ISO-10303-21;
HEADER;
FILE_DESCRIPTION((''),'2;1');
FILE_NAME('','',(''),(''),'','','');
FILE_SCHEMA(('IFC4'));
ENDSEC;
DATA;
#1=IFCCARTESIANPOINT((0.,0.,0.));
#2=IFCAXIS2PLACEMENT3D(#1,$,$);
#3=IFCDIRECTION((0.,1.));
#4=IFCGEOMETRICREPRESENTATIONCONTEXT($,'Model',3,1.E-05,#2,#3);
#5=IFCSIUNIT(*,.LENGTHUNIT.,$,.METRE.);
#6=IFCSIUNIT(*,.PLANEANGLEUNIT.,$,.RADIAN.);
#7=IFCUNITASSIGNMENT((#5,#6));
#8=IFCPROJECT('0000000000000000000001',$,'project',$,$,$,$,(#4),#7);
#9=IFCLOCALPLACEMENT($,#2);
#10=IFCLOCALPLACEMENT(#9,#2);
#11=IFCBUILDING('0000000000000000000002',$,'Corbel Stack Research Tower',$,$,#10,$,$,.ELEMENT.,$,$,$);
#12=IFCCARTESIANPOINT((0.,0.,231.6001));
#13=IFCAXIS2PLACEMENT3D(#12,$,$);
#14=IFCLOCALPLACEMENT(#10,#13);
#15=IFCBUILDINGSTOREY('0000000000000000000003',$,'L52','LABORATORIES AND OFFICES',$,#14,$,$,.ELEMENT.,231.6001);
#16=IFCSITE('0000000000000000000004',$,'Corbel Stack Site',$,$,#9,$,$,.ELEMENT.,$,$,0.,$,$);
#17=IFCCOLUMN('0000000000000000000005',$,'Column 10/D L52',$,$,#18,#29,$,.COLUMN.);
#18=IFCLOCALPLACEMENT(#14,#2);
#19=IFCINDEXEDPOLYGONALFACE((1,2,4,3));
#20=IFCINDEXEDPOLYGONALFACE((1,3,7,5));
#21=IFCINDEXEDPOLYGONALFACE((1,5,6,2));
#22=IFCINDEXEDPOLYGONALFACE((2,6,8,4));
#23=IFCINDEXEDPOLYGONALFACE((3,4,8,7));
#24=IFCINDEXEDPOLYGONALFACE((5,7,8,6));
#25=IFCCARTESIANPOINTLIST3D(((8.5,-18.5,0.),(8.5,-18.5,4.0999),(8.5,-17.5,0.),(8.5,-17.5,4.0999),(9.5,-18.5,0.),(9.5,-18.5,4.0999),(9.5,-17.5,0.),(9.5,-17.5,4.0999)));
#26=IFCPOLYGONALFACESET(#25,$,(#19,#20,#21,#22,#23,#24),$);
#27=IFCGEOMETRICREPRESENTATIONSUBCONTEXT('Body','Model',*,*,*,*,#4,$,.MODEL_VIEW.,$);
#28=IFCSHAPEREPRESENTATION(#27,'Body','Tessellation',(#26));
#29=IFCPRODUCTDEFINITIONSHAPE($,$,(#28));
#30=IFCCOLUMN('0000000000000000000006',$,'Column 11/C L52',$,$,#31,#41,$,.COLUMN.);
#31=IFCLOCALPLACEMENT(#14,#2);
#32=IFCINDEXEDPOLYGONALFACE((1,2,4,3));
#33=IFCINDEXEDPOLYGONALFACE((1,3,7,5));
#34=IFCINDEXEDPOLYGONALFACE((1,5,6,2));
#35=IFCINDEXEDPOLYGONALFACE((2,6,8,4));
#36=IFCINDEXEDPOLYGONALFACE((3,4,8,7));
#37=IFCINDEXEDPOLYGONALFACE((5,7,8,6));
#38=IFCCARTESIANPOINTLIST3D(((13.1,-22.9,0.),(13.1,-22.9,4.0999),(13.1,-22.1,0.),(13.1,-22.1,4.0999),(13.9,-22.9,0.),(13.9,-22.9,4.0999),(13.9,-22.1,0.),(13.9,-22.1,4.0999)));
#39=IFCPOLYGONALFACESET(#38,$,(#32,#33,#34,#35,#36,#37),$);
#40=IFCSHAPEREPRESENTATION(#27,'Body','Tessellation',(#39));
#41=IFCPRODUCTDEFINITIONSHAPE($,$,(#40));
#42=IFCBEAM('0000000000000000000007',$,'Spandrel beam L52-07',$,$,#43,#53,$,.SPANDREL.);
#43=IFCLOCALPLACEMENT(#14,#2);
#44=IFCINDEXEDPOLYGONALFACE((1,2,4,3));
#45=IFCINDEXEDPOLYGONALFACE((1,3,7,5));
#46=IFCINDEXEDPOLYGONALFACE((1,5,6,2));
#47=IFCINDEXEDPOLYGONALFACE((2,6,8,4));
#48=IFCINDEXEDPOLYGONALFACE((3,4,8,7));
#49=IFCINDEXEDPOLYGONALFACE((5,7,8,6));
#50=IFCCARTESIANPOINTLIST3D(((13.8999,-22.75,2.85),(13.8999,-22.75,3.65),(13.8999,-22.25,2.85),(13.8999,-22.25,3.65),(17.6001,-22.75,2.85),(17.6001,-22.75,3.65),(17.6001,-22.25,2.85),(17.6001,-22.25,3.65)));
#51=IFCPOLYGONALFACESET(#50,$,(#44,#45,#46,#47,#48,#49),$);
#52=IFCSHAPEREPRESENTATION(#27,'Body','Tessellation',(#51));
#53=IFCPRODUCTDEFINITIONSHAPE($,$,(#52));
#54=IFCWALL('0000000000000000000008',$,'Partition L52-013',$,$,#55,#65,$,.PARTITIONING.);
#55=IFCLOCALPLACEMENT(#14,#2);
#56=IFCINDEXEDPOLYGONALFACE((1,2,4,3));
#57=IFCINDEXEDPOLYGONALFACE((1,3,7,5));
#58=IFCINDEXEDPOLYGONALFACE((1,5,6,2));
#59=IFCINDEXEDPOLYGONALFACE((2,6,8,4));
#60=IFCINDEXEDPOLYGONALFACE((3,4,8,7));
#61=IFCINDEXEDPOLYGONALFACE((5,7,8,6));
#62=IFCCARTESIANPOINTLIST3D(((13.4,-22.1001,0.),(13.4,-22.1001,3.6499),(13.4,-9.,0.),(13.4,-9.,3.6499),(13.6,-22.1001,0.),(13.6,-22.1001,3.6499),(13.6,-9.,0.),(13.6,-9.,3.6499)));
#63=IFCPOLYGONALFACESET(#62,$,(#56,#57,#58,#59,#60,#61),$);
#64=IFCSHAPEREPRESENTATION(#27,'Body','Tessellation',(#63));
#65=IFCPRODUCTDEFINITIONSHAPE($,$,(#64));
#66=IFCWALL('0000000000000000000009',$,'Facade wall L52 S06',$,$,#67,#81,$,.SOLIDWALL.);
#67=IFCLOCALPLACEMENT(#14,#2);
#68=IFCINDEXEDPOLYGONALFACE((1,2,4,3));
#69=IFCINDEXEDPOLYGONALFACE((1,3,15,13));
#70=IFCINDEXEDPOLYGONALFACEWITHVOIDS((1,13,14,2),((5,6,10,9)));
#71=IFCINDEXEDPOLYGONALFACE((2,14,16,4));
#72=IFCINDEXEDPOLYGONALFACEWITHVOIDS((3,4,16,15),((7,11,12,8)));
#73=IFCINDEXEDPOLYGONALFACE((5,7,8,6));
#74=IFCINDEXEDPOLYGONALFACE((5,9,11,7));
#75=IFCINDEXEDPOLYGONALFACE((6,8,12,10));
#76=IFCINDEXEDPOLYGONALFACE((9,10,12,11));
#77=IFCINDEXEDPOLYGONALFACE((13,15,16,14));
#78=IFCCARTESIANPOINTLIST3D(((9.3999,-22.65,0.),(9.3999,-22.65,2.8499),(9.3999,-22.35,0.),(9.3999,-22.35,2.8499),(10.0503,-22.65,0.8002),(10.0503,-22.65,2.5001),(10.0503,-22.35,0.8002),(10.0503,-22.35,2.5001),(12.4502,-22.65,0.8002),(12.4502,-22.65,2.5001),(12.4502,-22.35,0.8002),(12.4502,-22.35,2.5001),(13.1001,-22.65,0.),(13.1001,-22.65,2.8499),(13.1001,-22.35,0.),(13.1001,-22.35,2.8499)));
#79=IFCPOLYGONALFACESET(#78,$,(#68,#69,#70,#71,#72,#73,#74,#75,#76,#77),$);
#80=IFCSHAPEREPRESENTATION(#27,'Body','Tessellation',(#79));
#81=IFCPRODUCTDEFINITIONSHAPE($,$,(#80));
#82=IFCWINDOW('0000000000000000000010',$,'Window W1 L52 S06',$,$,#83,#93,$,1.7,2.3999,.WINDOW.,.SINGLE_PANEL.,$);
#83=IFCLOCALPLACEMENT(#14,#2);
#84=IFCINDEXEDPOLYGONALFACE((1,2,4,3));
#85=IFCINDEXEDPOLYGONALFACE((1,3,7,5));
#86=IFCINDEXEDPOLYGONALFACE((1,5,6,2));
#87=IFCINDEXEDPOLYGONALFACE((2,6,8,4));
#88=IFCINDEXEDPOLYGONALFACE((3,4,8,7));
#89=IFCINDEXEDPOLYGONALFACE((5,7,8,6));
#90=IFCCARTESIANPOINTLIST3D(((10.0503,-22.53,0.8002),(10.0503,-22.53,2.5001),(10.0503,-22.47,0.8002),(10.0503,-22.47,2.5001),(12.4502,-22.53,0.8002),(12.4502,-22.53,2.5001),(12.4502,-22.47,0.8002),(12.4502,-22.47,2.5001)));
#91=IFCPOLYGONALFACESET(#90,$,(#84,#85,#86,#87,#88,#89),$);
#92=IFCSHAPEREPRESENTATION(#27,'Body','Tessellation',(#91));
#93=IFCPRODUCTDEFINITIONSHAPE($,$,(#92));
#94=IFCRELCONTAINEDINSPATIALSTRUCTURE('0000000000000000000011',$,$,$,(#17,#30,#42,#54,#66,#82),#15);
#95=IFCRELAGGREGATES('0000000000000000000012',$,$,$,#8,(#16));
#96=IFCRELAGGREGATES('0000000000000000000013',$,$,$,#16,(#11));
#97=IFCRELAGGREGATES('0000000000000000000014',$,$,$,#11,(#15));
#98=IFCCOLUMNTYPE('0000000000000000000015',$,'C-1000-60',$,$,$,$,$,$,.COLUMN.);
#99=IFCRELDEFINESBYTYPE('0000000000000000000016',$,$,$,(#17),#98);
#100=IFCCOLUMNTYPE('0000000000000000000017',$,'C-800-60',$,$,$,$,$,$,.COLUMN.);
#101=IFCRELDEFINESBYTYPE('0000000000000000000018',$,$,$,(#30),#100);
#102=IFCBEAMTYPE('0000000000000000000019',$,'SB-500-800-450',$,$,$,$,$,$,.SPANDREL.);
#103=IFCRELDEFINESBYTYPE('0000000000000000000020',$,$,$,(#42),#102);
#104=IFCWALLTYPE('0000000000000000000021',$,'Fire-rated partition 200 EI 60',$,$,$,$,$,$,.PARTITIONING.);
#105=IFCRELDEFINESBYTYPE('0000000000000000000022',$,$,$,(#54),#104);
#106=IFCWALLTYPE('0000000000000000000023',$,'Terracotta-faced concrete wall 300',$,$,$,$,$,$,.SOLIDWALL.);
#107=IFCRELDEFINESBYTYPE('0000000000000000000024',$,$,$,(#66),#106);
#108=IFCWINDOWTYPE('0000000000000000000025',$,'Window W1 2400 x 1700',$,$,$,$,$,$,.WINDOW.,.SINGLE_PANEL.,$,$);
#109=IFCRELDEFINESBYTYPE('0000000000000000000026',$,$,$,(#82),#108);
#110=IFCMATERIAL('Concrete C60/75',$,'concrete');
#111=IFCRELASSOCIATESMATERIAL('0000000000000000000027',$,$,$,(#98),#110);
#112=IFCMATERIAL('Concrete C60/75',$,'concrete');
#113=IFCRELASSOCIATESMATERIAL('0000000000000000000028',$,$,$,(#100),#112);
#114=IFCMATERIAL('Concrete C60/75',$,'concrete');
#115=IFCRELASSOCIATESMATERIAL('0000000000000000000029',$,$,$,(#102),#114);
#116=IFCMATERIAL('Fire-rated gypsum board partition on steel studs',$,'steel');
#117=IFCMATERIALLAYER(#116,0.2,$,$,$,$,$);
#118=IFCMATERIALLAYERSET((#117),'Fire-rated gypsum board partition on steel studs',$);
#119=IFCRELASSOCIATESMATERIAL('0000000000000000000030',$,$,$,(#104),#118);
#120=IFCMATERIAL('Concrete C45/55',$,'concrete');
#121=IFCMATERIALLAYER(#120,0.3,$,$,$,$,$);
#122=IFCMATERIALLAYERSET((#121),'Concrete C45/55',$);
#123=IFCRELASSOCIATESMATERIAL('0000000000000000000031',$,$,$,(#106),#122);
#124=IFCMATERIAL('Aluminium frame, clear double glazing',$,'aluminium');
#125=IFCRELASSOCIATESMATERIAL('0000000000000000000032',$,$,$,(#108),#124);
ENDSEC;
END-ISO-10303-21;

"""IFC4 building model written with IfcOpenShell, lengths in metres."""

from ifc_helpers import new_model, si_unit, direction, frame, frame_2d, origin, origin_2d, place, context, subcontext, project, spatial, rectangle, extrude, material, layer, layer_set, material_profile, profile_set, type_object, element, fill, save


model = new_model("IFC4")

# Units and contexts
model_context = context("Model", 3, precision=1e-05, world=origin(), true_north=direction((0.0, 1.0)))
body_context = subcontext(model_context, "Body", "Model", "MODEL_VIEW")
ifc_project = project(units=[si_unit("LENGTHUNIT", "METRE"), si_unit("PLANEANGLEUNIT", "RADIAN")], contexts=[model_context])

# Site, building, storey
site_placement = place(None, origin())
site = spatial("IfcSite", under=ifc_project, at=site_placement, Name="Corbel Stack Site", CompositionType="ELEMENT", RefElevation=0.0)
building_placement = place(site_placement, origin())
building = spatial("IfcBuilding", under=site, at=building_placement, Name="Corbel Stack Research Tower", CompositionType="ELEMENT")
storey_placement = place(building_placement, frame((0.0, 0.0, 231.6001)))
storey = spatial("IfcBuildingStorey", under=building, at=storey_placement, Name="L52", Description="LABORATORIES AND OFFICES", CompositionType="ELEMENT", Elevation=231.6001)

# Columns
ifc_material_1 = material(Name="Concrete C60/75", Category="concrete")
ifc_material_profile_1 = material_profile(ifc_material_1, rectangle(XDim=1.0, YDim=1.0, at=origin_2d()), Name="RC 1000 x 1000")
ifc_profile_set_1 = profile_set([ifc_material_profile_1], Name="Concrete C60/75")
column_type_1 = type_object("IfcColumnType", Name="C-1000-60", PredefinedType="COLUMN", material=ifc_profile_set_1)
column_1_placement = place(storey_placement, frame((9.0, -18.0, 0.0), z_axis=(0.0, 0.0, 1.0), x_axis=(1.0, 0.0, 0.0)))
element("IfcColumn", 1, at=column_1_placement, inside=storey, type_object=column_type_1, Name="Column 10/D L52", PredefinedType="COLUMN", context=body_context, shape_type="SweptSolid", body=[
    extrude(rectangle(XDim=1.0, YDim=1.0, at=origin_2d()), origin(), (0.0, 0.0, 1.0), 4.0999),
])
ifc_material_2 = material(Name="Concrete C60/75", Category="concrete")
ifc_material_profile_2 = material_profile(ifc_material_2, rectangle(XDim=0.8, YDim=0.8, at=origin_2d()), Name="RC 800 x 800")
ifc_profile_set_2 = profile_set([ifc_material_profile_2], Name="Concrete C60/75")
column_type_2 = type_object("IfcColumnType", Name="C-800-60", PredefinedType="COLUMN", material=ifc_profile_set_2)
column_2_placement = place(storey_placement, frame((13.5, -22.5, 0.0), z_axis=(0.0, 0.0, 1.0), x_axis=(1.0, 0.0, 0.0)))
element("IfcColumn", 2, at=column_2_placement, inside=storey, type_object=column_type_2, Name="Column 11/C L52", PredefinedType="COLUMN", context=body_context, shape_type="SweptSolid", body=[
    extrude(rectangle(XDim=0.8, YDim=0.8, at=origin_2d()), origin(), (0.0, 0.0, 1.0), 4.0999),
])

# Beam
ifc_material_3 = material(Name="Concrete C60/75", Category="concrete")
ifc_material_profile_3 = material_profile(ifc_material_3, rectangle(XDim=0.5, YDim=0.8, at=origin_2d()), Name="RC 500 x 800")
ifc_profile_set_3 = profile_set([ifc_material_profile_3], Name="Concrete C60/75")
beam_type = type_object("IfcBeamType", Name="SB-500-800-450", PredefinedType="SPANDREL", material=ifc_profile_set_3)
beam_placement = place(storey_placement, frame((13.8999, -22.5, 3.25), z_axis=(1.0, 0.0, 0.0), x_axis=(0.0, 1.0, 0.0)))
element("IfcBeam", 3, at=beam_placement, inside=storey, type_object=beam_type, Name="Spandrel beam L52-07", PredefinedType="SPANDREL", context=body_context, shape_type="SweptSolid", body=[
    extrude(rectangle(XDim=0.5, YDim=0.8, at=origin_2d()), origin(), (0.0, 0.0, 1.0), 3.7002),
])

# Wall
ifc_material_4 = material(Name="Fire-rated gypsum board partition on steel studs", Category="steel")
ifc_layer_1 = layer(ifc_material_4, 0.2)
ifc_layer_set_1 = layer_set([ifc_layer_1], Name="Fire-rated gypsum board partition on steel studs")
wall_type_1 = type_object("IfcWallType", Name="Fire-rated partition 200 EI 60", PredefinedType="PARTITIONING", material=ifc_layer_set_1)
wall_1_placement = place(storey_placement, frame((13.5, -22.1001, 0.0), z_axis=(0.0, 0.0, 1.0), x_axis=(0.0, 1.0, 0.0)))
element("IfcWall", 4, at=wall_1_placement, inside=storey, type_object=wall_type_1, Name="Partition L52-013", PredefinedType="PARTITIONING", context=body_context, shape_type="SweptSolid", body=[
    extrude(rectangle(XDim=13.1001, YDim=0.2, at=frame_2d((6.55, 0.0))), origin(), (0.0, 0.0, 1.0), 3.6499),
])

# Wall, opening, window
ifc_material_5 = material(Name="Concrete C45/55", Category="concrete")
ifc_layer_2 = layer(ifc_material_5, 0.3)
ifc_layer_set_2 = layer_set([ifc_layer_2], Name="Concrete C45/55")
wall_type_2 = type_object("IfcWallType", Name="Terracotta-faced concrete wall 300", PredefinedType="SOLIDWALL", material=ifc_layer_set_2)
wall_2_placement = place(storey_placement, frame((13.1001, -22.5, 0.0), z_axis=(0.0, 0.0, 1.0), x_axis=(-1.0, 0.0, 0.0)))
wall_2 = element("IfcWall", 5, at=wall_2_placement, inside=storey, type_object=wall_type_2, Name="Facade wall L52 S06", PredefinedType="SOLIDWALL", context=body_context, shape_type="SweptSolid", body=[
    extrude(rectangle(XDim=3.7002, YDim=0.3, at=frame_2d((1.8501, 0.0))), origin(), (0.0, 0.0, 1.0), 2.8499),
])
opening_placement = place(wall_2_placement, frame((0.6499, 0.0, 0.8)))
opening = element("IfcOpeningElement", 6, at=opening_placement, cuts=wall_2, PredefinedType="OPENING", context=body_context, shape_type="SweptSolid", body=[
    extrude(rectangle(XDim=2.3999, YDim=1.7, at=frame_2d((1.2, 0.8501))), frame((0.0, 0.1599, 0.0), z_axis=(0.0, -1.0, 0.0), x_axis=(1.0, 0.0, 0.0)), (0.0, 0.0, 1.0), 0.3201),
])
ifc_material_6 = material(Name="Aluminium frame, clear double glazing", Category="aluminium")
window_type = type_object("IfcWindowType", Name="Window W1 2400 x 1700", PartitioningType="SINGLE_PANEL", PredefinedType="WINDOW", material=ifc_material_6)
window_placement = place(opening_placement, origin())
window = element("IfcWindow", 7, at=window_placement, inside=storey, type_object=window_type, Name="Window W1 L52 S06", OverallHeight=1.7, OverallWidth=2.3999, PartitioningType="SINGLE_PANEL", PredefinedType="WINDOW", context=body_context, shape_type="SweptSolid", body=[
    extrude(rectangle(XDim=2.3999, YDim=1.7, at=frame_2d((1.2, 0.8501))), frame((0.0, 0.03, 0.0), z_axis=(0.0, -1.0, 0.0), x_axis=(1.0, 0.0, 0.0)), (0.0, 0.0, 1.0), 0.0601),
])
fill(opening, window)

save(model, "model.ifc")
